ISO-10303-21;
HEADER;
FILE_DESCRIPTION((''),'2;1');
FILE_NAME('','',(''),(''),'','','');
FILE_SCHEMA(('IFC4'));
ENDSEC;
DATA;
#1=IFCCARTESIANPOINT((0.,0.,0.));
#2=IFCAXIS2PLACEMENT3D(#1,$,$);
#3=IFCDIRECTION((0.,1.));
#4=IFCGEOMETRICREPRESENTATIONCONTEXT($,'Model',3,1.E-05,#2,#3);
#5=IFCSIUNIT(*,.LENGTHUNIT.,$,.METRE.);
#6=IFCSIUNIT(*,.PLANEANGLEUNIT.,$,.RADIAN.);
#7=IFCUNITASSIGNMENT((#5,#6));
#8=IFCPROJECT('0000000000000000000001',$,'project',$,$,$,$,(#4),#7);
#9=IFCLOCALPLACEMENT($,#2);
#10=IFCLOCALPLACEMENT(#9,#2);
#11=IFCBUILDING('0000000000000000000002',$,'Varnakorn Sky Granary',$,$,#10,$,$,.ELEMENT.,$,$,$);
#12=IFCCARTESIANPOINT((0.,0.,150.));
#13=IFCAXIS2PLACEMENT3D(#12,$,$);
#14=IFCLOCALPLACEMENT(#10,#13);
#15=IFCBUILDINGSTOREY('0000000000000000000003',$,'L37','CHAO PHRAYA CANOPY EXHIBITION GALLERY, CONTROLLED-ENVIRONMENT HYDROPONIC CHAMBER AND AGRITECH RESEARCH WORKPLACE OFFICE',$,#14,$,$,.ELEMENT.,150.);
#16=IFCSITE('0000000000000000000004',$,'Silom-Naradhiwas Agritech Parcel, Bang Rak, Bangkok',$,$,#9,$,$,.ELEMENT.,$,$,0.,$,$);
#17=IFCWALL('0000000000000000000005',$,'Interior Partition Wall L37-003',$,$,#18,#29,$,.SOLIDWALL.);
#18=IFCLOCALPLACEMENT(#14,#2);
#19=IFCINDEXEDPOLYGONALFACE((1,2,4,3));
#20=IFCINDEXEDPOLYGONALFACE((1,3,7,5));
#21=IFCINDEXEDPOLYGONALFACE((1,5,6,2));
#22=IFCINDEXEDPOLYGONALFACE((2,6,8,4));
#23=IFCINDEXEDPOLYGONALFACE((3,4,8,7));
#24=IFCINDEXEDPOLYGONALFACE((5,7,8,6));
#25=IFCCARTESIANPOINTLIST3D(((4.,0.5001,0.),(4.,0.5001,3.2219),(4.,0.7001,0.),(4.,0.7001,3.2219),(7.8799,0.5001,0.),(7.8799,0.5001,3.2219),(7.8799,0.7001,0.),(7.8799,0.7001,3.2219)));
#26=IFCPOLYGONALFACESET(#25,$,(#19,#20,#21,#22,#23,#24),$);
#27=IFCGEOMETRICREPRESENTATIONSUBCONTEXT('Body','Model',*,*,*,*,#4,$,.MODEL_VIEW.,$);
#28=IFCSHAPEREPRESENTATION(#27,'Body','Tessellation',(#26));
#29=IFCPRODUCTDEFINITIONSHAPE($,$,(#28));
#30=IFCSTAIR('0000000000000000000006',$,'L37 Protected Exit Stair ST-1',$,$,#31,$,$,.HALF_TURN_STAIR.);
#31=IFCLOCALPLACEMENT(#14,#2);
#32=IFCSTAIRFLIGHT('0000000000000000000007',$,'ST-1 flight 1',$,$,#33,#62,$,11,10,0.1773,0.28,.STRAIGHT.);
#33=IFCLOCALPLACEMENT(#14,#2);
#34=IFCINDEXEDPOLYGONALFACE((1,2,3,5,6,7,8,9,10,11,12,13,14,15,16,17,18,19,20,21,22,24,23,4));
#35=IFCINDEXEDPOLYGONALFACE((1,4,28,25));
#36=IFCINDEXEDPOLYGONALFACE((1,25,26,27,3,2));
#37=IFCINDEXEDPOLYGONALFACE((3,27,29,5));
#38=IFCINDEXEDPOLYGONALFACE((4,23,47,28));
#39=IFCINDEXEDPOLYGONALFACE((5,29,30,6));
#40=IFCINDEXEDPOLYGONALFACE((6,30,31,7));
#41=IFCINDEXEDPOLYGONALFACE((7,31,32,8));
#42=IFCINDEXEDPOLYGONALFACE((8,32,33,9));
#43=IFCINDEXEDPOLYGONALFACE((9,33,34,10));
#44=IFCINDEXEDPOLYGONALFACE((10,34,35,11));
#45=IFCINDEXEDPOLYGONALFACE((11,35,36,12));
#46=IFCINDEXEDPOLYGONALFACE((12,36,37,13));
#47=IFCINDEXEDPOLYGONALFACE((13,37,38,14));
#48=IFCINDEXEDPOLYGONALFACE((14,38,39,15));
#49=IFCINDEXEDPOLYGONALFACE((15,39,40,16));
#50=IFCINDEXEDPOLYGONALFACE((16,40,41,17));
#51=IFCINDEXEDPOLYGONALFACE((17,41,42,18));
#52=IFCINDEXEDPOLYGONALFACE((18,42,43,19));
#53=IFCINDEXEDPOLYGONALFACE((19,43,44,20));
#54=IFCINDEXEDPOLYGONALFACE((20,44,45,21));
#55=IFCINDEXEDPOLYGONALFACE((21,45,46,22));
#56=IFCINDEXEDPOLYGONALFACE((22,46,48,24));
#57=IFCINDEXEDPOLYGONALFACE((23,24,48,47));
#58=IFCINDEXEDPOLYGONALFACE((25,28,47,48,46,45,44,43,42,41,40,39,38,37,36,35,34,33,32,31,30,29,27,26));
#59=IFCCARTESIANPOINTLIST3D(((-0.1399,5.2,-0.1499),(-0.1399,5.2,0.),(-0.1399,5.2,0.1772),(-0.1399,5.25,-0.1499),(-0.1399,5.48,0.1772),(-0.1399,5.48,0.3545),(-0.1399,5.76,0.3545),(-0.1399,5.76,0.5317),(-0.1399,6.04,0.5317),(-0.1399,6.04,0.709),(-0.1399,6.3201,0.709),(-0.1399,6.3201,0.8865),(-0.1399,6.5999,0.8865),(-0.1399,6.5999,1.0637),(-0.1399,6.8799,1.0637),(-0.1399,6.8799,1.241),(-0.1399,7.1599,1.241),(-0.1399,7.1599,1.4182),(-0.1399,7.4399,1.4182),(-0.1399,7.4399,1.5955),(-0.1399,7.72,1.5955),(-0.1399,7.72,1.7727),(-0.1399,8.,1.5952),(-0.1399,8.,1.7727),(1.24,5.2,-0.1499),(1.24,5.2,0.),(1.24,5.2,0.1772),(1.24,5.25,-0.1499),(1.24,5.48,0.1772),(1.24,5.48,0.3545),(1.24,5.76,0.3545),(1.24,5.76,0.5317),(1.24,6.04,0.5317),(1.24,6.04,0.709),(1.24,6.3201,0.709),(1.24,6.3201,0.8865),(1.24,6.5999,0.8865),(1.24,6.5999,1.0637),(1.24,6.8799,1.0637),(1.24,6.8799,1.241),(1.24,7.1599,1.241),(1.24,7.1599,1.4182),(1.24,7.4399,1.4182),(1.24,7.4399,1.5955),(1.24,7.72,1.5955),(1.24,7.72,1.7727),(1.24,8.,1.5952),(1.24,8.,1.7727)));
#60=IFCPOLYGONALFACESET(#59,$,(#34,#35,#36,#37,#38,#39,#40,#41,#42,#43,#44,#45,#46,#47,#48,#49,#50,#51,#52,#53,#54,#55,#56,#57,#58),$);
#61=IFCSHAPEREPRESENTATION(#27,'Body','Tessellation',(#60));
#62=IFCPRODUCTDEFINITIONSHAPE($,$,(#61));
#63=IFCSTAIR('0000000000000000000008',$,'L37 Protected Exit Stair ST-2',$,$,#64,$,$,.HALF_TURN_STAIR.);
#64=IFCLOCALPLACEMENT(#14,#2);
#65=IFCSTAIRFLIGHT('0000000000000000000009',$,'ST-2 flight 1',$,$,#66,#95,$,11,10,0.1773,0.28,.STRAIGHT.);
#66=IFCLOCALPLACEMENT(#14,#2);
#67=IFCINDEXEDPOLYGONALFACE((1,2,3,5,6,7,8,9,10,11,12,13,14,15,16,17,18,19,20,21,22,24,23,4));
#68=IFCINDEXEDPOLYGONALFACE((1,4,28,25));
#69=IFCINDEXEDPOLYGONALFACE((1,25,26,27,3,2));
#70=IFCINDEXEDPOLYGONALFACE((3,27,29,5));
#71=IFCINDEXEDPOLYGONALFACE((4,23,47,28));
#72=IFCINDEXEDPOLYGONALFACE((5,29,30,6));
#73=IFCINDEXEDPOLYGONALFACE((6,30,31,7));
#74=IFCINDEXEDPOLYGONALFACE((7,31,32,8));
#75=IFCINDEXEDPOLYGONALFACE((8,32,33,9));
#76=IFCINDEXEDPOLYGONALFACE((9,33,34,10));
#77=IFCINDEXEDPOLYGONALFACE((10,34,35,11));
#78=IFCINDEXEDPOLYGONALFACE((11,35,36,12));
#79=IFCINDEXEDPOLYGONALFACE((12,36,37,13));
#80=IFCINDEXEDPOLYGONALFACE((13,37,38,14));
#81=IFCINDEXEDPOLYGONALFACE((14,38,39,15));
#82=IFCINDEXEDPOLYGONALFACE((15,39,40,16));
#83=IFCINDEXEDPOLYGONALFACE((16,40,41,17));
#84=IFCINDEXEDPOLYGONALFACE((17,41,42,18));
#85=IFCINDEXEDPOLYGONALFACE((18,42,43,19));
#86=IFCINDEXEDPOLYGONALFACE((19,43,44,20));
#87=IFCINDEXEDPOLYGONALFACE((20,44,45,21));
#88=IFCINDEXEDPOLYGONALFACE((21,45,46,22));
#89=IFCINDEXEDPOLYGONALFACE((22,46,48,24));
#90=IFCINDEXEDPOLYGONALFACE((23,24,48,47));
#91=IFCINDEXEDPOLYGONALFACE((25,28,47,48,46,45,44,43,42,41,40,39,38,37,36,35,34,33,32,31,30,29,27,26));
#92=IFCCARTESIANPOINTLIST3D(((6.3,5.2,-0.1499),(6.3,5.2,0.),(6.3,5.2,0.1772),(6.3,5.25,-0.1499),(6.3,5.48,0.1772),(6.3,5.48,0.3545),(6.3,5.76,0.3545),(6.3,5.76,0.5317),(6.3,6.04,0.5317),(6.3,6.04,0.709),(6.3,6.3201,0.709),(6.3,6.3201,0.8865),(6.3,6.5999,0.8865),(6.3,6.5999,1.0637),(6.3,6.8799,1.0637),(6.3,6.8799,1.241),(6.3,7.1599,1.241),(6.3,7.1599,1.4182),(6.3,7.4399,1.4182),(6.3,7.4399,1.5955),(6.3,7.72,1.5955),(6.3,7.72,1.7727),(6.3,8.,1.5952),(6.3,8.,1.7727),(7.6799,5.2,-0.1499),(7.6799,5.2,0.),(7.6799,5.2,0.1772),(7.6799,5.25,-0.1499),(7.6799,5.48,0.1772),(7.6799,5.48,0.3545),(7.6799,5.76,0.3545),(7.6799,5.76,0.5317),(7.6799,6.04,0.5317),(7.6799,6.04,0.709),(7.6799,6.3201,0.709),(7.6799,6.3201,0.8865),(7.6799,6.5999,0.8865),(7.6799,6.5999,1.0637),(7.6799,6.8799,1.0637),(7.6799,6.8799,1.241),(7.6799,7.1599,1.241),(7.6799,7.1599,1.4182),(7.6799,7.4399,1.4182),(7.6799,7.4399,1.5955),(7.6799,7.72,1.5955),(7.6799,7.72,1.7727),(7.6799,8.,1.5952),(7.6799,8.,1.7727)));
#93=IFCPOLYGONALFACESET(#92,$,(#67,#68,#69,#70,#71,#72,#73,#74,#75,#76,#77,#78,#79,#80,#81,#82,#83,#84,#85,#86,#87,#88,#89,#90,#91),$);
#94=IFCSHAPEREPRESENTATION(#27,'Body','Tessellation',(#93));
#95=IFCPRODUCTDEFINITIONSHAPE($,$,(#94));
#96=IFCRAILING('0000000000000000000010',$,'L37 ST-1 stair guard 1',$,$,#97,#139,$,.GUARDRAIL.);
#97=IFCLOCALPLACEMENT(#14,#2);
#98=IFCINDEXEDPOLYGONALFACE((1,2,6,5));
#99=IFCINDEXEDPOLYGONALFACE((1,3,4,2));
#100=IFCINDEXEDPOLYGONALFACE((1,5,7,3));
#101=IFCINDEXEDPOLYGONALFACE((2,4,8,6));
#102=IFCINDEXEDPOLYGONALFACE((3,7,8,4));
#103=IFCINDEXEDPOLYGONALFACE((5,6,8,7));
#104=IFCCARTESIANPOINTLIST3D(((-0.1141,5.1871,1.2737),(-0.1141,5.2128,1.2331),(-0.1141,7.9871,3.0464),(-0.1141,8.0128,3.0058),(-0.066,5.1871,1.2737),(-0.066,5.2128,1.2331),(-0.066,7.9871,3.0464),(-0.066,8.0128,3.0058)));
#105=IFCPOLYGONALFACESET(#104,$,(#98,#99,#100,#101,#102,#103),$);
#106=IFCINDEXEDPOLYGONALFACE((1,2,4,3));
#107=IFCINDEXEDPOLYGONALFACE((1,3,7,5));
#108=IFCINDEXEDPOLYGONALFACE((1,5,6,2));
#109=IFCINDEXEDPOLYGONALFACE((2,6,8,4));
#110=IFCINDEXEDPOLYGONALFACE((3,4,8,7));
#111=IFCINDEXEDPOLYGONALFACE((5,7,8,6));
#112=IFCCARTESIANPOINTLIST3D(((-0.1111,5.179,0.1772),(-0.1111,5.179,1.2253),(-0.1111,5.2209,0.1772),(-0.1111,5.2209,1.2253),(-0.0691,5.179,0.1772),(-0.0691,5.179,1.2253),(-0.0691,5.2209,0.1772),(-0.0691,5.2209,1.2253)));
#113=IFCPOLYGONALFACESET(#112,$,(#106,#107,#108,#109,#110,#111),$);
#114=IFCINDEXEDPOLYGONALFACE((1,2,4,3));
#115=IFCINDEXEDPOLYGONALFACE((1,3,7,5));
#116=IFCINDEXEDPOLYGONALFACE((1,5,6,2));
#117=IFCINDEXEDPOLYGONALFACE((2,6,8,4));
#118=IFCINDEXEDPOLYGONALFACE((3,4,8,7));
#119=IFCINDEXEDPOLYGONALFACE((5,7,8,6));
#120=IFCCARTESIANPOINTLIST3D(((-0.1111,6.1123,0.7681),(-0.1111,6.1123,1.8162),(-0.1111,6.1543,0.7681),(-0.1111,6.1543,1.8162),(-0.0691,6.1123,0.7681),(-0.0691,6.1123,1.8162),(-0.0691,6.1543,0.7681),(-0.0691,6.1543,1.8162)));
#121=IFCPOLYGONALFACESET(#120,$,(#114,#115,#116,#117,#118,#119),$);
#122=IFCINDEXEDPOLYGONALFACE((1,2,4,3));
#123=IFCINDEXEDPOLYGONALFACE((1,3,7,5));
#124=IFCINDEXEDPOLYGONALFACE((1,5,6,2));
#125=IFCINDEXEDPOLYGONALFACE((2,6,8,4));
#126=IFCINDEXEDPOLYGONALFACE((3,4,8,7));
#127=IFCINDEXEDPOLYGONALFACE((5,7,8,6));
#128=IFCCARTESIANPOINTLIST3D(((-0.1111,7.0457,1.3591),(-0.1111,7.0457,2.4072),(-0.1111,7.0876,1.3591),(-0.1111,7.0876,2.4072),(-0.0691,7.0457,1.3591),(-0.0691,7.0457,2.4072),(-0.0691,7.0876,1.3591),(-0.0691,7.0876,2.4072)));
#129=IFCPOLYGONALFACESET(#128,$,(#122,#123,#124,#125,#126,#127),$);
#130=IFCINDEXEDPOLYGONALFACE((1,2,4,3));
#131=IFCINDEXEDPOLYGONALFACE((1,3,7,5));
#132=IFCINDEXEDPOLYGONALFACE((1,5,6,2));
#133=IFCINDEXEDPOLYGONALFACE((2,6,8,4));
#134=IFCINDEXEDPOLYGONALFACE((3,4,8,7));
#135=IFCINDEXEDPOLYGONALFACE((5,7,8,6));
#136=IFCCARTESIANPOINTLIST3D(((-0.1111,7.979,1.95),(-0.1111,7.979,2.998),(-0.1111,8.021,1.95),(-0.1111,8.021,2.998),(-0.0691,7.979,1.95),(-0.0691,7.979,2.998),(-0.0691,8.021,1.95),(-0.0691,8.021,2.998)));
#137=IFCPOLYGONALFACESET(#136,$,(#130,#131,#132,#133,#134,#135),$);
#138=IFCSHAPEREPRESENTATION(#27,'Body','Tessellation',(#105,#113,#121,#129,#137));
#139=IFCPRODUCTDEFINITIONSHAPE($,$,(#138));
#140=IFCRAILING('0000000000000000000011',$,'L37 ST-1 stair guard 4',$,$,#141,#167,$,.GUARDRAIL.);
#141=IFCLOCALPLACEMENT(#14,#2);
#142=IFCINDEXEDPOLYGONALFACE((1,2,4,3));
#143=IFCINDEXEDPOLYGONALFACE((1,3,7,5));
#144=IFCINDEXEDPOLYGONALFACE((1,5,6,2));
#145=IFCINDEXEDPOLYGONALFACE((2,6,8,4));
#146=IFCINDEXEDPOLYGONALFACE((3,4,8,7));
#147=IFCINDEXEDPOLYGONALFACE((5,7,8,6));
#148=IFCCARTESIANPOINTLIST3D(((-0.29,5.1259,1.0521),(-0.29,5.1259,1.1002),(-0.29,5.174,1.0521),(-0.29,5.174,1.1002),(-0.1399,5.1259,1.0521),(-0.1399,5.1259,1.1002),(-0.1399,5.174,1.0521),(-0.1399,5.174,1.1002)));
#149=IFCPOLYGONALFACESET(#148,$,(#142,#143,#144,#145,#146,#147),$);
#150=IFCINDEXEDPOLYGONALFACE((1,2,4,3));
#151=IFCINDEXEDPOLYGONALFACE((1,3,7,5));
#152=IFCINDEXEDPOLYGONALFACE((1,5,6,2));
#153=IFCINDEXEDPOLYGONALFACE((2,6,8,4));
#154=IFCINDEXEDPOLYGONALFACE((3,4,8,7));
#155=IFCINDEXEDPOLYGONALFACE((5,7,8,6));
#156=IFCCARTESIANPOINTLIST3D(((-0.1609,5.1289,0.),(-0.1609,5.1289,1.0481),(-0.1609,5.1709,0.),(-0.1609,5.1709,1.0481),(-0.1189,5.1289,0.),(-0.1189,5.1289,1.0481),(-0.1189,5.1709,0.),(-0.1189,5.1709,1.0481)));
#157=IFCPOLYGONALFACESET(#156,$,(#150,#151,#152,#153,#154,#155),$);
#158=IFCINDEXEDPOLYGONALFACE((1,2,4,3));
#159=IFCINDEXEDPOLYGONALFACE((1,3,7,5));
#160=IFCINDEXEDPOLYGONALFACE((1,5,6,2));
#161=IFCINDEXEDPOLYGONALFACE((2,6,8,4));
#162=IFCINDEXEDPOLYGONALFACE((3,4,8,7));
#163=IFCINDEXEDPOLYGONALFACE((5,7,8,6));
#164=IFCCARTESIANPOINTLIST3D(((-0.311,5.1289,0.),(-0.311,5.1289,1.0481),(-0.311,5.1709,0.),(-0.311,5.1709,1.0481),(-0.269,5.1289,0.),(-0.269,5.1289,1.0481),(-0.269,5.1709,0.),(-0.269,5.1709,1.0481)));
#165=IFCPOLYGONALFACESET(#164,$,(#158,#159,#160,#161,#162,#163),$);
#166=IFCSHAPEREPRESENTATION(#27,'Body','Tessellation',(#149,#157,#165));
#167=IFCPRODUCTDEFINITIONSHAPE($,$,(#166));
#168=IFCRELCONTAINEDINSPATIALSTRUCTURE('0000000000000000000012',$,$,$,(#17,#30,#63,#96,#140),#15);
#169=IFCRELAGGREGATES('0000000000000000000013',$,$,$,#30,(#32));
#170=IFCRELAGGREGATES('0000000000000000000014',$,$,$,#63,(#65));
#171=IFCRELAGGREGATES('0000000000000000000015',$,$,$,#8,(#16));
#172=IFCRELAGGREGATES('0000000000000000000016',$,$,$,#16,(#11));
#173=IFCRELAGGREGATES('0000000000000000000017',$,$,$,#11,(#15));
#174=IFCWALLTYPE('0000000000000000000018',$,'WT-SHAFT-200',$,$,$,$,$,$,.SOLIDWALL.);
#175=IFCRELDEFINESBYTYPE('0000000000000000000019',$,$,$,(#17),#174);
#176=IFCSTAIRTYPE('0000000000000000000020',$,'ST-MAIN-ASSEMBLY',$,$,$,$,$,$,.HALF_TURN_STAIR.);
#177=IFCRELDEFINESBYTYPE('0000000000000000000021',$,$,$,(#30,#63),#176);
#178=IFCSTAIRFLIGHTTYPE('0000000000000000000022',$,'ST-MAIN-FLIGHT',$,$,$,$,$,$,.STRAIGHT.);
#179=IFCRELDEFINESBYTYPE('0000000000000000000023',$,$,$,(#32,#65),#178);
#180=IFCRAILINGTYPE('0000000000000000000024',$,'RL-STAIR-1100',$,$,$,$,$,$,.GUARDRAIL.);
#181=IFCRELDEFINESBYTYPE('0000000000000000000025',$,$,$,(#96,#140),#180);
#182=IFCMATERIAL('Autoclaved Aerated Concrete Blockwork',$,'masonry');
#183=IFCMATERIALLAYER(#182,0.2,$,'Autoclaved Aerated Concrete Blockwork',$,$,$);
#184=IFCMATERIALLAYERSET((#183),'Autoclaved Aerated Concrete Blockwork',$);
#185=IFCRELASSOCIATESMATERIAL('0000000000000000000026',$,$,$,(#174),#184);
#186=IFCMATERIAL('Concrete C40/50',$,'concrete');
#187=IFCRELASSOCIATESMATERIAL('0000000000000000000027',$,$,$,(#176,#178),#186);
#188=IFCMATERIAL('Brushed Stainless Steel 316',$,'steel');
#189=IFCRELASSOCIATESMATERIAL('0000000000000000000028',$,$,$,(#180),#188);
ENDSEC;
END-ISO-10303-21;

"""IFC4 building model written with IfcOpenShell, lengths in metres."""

from ifc_helpers import new_model, si_unit, direction, frame, frame_2d, origin, origin_2d, place, context, subcontext, project, spatial, polyline, rectangle, outline, extrude, material, layer, layer_set, type_object, element, aggregate, save


model = new_model("IFC4")

# Units and contexts
model_context = context("Model", 3, precision=1e-05, world=origin(), true_north=direction((0.0, 1.0)))
body_context = subcontext(model_context, "Body", "Model", "MODEL_VIEW")
ifc_project = project(units=[si_unit("LENGTHUNIT", "METRE"), si_unit("PLANEANGLEUNIT", "RADIAN")], contexts=[model_context])

# Site, building, storey
site_placement = place(None, origin())
site = spatial("IfcSite", under=ifc_project, at=site_placement, Name="Silom-Naradhiwas Agritech Parcel, Bang Rak, Bangkok", CompositionType="ELEMENT", RefElevation=0.0)
building_placement = place(site_placement, origin())
building = spatial("IfcBuilding", under=site, at=building_placement, Name="Varnakorn Sky Granary", CompositionType="ELEMENT")
storey_placement = place(building_placement, frame((0.0, 0.0, 150.0)))
storey = spatial("IfcBuildingStorey", under=building, at=storey_placement, Name="L37", Description="CHAO PHRAYA CANOPY EXHIBITION GALLERY, CONTROLLED-ENVIRONMENT HYDROPONIC CHAMBER AND AGRITECH RESEARCH WORKPLACE OFFICE", CompositionType="ELEMENT", Elevation=150.0)

# Shared definitions
ifc_material_1 = material(Name="Autoclaved Aerated Concrete Blockwork", Category="masonry")

# Wall
ifc_layer_1 = layer(ifc_material_1, 0.2, Name="Autoclaved Aerated Concrete Blockwork")
ifc_layer_set_1 = layer_set([ifc_layer_1], Name="Autoclaved Aerated Concrete Blockwork")
wall_type_1 = type_object("IfcWallType", Name="WT-SHAFT-200", PredefinedType="SOLIDWALL", material=ifc_layer_set_1)
wall_1_placement = place(storey_placement, frame((4.0, 0.6001, 0.0), z_axis=(0.0, 0.0, 1.0), x_axis=(1.0, 0.0, 0.0)))
element("IfcWall", 1, at=wall_1_placement, inside=storey, type_object=wall_type_1, Name="Interior Partition Wall L37-003", PredefinedType="SOLIDWALL", context=body_context, shape_type="SweptSolid", body=[
    extrude(rectangle(XDim=3.8799, YDim=0.2, at=frame_2d((1.9399, 0.0))), origin(), (0.0, 0.0, 1.0), 3.2219),
])

# Stairs, stair flights
ifc_material_2 = material(Name="Concrete C40/50", Category="concrete")
stair_type = type_object("IfcStairType", Name="ST-MAIN-ASSEMBLY", PredefinedType="HALF_TURN_STAIR", material=ifc_material_2)
stair_1_placement = place(storey_placement, origin())
stair_1 = element("IfcStair", 2, at=stair_1_placement, inside=storey, type_object=stair_type, Name="L37 Protected Exit Stair ST-1", PredefinedType="HALF_TURN_STAIR")
stair_flight_type = type_object("IfcStairFlightType", Name="ST-MAIN-FLIGHT", PredefinedType="STRAIGHT", material=ifc_material_2)
stair_flight_1_placement = place(storey_placement, frame((0.55, 5.2, 0.0), z_axis=(0.0, 0.0, 1.0), x_axis=(0.0, 1.0, 0.0)))
stair_flight_1 = element("IfcStairFlight", 3, at=stair_flight_1_placement, type_object=stair_flight_type, Name="ST-1 flight 1", NumberOfRisers=11, NumberOfTreads=10, PredefinedType="STRAIGHT", RiserHeight=0.1773, TreadLength=0.28, context=body_context, shape_type="SweptSolid", body=[
    extrude(outline(polyline([(0.0, -0.1499), (0.0, 0.0), (0.0, 0.1772), (0.28, 0.1772), (0.28, 0.3545), (0.5601, 0.3545), (0.5601, 0.5317), (0.8401, 0.5317), (0.8401, 0.709), (1.1201, 0.709), (1.1201, 0.8865), (1.3999, 0.8865), (1.3999, 1.0637), (1.6799, 1.0637), (1.6799, 1.241), (1.96, 1.241), (1.96, 1.4182), (2.24, 1.4182), (2.24, 1.5955), (2.52, 1.5955), (2.52, 1.7727), (2.8, 1.7727), (2.8, 1.95), (2.8, 1.5952), (0.05, -0.1499), (0.0, -0.1499)])), frame((0.0, 0.6899, 0.0), z_axis=(0.0, -1.0, 0.0), x_axis=(1.0, 0.0, 0.0)), (0.0, 0.0, 1.0), 1.3799),
])
aggregate(stair_1, [stair_flight_1])
stair_2_placement = place(storey_placement, origin())
stair_2 = element("IfcStair", 4, at=stair_2_placement, inside=storey, type_object=stair_type, Name="L37 Protected Exit Stair ST-2", PredefinedType="HALF_TURN_STAIR")
stair_flight_2_placement = place(storey_placement, frame((6.99, 5.2, 0.0), z_axis=(0.0, 0.0, 1.0), x_axis=(0.0, 1.0, 0.0)))
stair_flight_2 = element("IfcStairFlight", 5, at=stair_flight_2_placement, type_object=stair_flight_type, Name="ST-2 flight 1", NumberOfRisers=11, NumberOfTreads=10, PredefinedType="STRAIGHT", RiserHeight=0.1773, TreadLength=0.28, context=body_context, shape_type="SweptSolid", body=[
    extrude(outline(polyline([(0.0, -0.1499), (0.0, 0.0), (0.0, 0.1772), (0.28, 0.1772), (0.28, 0.3545), (0.5601, 0.3545), (0.5601, 0.5317), (0.8401, 0.5317), (0.8401, 0.709), (1.1201, 0.709), (1.1201, 0.8865), (1.3999, 0.8865), (1.3999, 1.0637), (1.6799, 1.0637), (1.6799, 1.241), (1.96, 1.241), (1.96, 1.4182), (2.24, 1.4182), (2.24, 1.5955), (2.52, 1.5955), (2.52, 1.7727), (2.8, 1.7727), (2.8, 1.95), (2.8, 1.5952), (0.05, -0.1499), (0.0, -0.1499)])), frame((0.0, 0.6899, 0.0), z_axis=(0.0, -1.0, 0.0), x_axis=(1.0, 0.0, 0.0)), (0.0, 0.0, 1.0), 1.3799),
])
aggregate(stair_2, [stair_flight_2])

# Railings
ifc_material_3 = material(Name="Brushed Stainless Steel 316", Category="steel")
railing_type_1 = type_object("IfcRailingType", Name="RL-STAIR-1100", PredefinedType="GUARDRAIL", material=ifc_material_3)
railing_1_placement = place(storey_placement, frame((-0.0901, 5.2, 0.1772)))
element("IfcRailing", 6, at=railing_1_placement, inside=storey, type_object=railing_type_1, Name="L37 ST-1 stair guard 1", PredefinedType="GUARDRAIL", context=body_context, shape_type="SweptSolid", body=[
    extrude(rectangle(XDim=0.0481, YDim=0.0481, at=origin_2d()), frame((0.0, 0.0, 1.0762), z_axis=(0.0, 0.844909, 0.53491), x_axis=(-1.0, 0.0, 0.0)), (0.0, 0.0, 1.0), 3.314),
    extrude(rectangle(XDim=0.042, YDim=0.042, at=origin_2d()), origin(), (0.0, 0.0, 1.0), 1.0481),
    extrude(rectangle(XDim=0.042, YDim=0.042, at=origin_2d()), frame((0.0, 0.9333, 0.5908)), (0.0, 0.0, 1.0), 1.0481),
    extrude(rectangle(XDim=0.042, YDim=0.042, at=origin_2d()), frame((0.0, 1.8667, 1.1819)), (0.0, 0.0, 1.0), 1.0481),
    extrude(rectangle(XDim=0.042, YDim=0.042, at=origin_2d()), frame((0.0, 2.8, 1.7727)), (0.0, 0.0, 1.0), 1.0481),
])
railing_2_placement = place(storey_placement, frame((-0.1399, 5.1499, 0.0)))
element("IfcRailing", 7, at=railing_2_placement, inside=storey, type_object=railing_type_1, Name="L37 ST-1 stair guard 4", PredefinedType="GUARDRAIL", context=body_context, shape_type="SweptSolid", body=[
    extrude(rectangle(XDim=0.0481, YDim=0.0481, at=origin_2d()), frame((0.0, 0.0, 1.0762), z_axis=(-1.0, 0.0, 0.0), x_axis=(0.0, -1.0, 0.0)), (0.0, 0.0, 1.0), 0.1501),
    extrude(rectangle(XDim=0.042, YDim=0.042, at=origin_2d()), origin(), (0.0, 0.0, 1.0), 1.0481),
    extrude(rectangle(XDim=0.042, YDim=0.042, at=origin_2d()), frame((-0.1501, 0.0, 0.0)), (0.0, 0.0, 1.0), 1.0481),
])

save(model, "model.ifc")
